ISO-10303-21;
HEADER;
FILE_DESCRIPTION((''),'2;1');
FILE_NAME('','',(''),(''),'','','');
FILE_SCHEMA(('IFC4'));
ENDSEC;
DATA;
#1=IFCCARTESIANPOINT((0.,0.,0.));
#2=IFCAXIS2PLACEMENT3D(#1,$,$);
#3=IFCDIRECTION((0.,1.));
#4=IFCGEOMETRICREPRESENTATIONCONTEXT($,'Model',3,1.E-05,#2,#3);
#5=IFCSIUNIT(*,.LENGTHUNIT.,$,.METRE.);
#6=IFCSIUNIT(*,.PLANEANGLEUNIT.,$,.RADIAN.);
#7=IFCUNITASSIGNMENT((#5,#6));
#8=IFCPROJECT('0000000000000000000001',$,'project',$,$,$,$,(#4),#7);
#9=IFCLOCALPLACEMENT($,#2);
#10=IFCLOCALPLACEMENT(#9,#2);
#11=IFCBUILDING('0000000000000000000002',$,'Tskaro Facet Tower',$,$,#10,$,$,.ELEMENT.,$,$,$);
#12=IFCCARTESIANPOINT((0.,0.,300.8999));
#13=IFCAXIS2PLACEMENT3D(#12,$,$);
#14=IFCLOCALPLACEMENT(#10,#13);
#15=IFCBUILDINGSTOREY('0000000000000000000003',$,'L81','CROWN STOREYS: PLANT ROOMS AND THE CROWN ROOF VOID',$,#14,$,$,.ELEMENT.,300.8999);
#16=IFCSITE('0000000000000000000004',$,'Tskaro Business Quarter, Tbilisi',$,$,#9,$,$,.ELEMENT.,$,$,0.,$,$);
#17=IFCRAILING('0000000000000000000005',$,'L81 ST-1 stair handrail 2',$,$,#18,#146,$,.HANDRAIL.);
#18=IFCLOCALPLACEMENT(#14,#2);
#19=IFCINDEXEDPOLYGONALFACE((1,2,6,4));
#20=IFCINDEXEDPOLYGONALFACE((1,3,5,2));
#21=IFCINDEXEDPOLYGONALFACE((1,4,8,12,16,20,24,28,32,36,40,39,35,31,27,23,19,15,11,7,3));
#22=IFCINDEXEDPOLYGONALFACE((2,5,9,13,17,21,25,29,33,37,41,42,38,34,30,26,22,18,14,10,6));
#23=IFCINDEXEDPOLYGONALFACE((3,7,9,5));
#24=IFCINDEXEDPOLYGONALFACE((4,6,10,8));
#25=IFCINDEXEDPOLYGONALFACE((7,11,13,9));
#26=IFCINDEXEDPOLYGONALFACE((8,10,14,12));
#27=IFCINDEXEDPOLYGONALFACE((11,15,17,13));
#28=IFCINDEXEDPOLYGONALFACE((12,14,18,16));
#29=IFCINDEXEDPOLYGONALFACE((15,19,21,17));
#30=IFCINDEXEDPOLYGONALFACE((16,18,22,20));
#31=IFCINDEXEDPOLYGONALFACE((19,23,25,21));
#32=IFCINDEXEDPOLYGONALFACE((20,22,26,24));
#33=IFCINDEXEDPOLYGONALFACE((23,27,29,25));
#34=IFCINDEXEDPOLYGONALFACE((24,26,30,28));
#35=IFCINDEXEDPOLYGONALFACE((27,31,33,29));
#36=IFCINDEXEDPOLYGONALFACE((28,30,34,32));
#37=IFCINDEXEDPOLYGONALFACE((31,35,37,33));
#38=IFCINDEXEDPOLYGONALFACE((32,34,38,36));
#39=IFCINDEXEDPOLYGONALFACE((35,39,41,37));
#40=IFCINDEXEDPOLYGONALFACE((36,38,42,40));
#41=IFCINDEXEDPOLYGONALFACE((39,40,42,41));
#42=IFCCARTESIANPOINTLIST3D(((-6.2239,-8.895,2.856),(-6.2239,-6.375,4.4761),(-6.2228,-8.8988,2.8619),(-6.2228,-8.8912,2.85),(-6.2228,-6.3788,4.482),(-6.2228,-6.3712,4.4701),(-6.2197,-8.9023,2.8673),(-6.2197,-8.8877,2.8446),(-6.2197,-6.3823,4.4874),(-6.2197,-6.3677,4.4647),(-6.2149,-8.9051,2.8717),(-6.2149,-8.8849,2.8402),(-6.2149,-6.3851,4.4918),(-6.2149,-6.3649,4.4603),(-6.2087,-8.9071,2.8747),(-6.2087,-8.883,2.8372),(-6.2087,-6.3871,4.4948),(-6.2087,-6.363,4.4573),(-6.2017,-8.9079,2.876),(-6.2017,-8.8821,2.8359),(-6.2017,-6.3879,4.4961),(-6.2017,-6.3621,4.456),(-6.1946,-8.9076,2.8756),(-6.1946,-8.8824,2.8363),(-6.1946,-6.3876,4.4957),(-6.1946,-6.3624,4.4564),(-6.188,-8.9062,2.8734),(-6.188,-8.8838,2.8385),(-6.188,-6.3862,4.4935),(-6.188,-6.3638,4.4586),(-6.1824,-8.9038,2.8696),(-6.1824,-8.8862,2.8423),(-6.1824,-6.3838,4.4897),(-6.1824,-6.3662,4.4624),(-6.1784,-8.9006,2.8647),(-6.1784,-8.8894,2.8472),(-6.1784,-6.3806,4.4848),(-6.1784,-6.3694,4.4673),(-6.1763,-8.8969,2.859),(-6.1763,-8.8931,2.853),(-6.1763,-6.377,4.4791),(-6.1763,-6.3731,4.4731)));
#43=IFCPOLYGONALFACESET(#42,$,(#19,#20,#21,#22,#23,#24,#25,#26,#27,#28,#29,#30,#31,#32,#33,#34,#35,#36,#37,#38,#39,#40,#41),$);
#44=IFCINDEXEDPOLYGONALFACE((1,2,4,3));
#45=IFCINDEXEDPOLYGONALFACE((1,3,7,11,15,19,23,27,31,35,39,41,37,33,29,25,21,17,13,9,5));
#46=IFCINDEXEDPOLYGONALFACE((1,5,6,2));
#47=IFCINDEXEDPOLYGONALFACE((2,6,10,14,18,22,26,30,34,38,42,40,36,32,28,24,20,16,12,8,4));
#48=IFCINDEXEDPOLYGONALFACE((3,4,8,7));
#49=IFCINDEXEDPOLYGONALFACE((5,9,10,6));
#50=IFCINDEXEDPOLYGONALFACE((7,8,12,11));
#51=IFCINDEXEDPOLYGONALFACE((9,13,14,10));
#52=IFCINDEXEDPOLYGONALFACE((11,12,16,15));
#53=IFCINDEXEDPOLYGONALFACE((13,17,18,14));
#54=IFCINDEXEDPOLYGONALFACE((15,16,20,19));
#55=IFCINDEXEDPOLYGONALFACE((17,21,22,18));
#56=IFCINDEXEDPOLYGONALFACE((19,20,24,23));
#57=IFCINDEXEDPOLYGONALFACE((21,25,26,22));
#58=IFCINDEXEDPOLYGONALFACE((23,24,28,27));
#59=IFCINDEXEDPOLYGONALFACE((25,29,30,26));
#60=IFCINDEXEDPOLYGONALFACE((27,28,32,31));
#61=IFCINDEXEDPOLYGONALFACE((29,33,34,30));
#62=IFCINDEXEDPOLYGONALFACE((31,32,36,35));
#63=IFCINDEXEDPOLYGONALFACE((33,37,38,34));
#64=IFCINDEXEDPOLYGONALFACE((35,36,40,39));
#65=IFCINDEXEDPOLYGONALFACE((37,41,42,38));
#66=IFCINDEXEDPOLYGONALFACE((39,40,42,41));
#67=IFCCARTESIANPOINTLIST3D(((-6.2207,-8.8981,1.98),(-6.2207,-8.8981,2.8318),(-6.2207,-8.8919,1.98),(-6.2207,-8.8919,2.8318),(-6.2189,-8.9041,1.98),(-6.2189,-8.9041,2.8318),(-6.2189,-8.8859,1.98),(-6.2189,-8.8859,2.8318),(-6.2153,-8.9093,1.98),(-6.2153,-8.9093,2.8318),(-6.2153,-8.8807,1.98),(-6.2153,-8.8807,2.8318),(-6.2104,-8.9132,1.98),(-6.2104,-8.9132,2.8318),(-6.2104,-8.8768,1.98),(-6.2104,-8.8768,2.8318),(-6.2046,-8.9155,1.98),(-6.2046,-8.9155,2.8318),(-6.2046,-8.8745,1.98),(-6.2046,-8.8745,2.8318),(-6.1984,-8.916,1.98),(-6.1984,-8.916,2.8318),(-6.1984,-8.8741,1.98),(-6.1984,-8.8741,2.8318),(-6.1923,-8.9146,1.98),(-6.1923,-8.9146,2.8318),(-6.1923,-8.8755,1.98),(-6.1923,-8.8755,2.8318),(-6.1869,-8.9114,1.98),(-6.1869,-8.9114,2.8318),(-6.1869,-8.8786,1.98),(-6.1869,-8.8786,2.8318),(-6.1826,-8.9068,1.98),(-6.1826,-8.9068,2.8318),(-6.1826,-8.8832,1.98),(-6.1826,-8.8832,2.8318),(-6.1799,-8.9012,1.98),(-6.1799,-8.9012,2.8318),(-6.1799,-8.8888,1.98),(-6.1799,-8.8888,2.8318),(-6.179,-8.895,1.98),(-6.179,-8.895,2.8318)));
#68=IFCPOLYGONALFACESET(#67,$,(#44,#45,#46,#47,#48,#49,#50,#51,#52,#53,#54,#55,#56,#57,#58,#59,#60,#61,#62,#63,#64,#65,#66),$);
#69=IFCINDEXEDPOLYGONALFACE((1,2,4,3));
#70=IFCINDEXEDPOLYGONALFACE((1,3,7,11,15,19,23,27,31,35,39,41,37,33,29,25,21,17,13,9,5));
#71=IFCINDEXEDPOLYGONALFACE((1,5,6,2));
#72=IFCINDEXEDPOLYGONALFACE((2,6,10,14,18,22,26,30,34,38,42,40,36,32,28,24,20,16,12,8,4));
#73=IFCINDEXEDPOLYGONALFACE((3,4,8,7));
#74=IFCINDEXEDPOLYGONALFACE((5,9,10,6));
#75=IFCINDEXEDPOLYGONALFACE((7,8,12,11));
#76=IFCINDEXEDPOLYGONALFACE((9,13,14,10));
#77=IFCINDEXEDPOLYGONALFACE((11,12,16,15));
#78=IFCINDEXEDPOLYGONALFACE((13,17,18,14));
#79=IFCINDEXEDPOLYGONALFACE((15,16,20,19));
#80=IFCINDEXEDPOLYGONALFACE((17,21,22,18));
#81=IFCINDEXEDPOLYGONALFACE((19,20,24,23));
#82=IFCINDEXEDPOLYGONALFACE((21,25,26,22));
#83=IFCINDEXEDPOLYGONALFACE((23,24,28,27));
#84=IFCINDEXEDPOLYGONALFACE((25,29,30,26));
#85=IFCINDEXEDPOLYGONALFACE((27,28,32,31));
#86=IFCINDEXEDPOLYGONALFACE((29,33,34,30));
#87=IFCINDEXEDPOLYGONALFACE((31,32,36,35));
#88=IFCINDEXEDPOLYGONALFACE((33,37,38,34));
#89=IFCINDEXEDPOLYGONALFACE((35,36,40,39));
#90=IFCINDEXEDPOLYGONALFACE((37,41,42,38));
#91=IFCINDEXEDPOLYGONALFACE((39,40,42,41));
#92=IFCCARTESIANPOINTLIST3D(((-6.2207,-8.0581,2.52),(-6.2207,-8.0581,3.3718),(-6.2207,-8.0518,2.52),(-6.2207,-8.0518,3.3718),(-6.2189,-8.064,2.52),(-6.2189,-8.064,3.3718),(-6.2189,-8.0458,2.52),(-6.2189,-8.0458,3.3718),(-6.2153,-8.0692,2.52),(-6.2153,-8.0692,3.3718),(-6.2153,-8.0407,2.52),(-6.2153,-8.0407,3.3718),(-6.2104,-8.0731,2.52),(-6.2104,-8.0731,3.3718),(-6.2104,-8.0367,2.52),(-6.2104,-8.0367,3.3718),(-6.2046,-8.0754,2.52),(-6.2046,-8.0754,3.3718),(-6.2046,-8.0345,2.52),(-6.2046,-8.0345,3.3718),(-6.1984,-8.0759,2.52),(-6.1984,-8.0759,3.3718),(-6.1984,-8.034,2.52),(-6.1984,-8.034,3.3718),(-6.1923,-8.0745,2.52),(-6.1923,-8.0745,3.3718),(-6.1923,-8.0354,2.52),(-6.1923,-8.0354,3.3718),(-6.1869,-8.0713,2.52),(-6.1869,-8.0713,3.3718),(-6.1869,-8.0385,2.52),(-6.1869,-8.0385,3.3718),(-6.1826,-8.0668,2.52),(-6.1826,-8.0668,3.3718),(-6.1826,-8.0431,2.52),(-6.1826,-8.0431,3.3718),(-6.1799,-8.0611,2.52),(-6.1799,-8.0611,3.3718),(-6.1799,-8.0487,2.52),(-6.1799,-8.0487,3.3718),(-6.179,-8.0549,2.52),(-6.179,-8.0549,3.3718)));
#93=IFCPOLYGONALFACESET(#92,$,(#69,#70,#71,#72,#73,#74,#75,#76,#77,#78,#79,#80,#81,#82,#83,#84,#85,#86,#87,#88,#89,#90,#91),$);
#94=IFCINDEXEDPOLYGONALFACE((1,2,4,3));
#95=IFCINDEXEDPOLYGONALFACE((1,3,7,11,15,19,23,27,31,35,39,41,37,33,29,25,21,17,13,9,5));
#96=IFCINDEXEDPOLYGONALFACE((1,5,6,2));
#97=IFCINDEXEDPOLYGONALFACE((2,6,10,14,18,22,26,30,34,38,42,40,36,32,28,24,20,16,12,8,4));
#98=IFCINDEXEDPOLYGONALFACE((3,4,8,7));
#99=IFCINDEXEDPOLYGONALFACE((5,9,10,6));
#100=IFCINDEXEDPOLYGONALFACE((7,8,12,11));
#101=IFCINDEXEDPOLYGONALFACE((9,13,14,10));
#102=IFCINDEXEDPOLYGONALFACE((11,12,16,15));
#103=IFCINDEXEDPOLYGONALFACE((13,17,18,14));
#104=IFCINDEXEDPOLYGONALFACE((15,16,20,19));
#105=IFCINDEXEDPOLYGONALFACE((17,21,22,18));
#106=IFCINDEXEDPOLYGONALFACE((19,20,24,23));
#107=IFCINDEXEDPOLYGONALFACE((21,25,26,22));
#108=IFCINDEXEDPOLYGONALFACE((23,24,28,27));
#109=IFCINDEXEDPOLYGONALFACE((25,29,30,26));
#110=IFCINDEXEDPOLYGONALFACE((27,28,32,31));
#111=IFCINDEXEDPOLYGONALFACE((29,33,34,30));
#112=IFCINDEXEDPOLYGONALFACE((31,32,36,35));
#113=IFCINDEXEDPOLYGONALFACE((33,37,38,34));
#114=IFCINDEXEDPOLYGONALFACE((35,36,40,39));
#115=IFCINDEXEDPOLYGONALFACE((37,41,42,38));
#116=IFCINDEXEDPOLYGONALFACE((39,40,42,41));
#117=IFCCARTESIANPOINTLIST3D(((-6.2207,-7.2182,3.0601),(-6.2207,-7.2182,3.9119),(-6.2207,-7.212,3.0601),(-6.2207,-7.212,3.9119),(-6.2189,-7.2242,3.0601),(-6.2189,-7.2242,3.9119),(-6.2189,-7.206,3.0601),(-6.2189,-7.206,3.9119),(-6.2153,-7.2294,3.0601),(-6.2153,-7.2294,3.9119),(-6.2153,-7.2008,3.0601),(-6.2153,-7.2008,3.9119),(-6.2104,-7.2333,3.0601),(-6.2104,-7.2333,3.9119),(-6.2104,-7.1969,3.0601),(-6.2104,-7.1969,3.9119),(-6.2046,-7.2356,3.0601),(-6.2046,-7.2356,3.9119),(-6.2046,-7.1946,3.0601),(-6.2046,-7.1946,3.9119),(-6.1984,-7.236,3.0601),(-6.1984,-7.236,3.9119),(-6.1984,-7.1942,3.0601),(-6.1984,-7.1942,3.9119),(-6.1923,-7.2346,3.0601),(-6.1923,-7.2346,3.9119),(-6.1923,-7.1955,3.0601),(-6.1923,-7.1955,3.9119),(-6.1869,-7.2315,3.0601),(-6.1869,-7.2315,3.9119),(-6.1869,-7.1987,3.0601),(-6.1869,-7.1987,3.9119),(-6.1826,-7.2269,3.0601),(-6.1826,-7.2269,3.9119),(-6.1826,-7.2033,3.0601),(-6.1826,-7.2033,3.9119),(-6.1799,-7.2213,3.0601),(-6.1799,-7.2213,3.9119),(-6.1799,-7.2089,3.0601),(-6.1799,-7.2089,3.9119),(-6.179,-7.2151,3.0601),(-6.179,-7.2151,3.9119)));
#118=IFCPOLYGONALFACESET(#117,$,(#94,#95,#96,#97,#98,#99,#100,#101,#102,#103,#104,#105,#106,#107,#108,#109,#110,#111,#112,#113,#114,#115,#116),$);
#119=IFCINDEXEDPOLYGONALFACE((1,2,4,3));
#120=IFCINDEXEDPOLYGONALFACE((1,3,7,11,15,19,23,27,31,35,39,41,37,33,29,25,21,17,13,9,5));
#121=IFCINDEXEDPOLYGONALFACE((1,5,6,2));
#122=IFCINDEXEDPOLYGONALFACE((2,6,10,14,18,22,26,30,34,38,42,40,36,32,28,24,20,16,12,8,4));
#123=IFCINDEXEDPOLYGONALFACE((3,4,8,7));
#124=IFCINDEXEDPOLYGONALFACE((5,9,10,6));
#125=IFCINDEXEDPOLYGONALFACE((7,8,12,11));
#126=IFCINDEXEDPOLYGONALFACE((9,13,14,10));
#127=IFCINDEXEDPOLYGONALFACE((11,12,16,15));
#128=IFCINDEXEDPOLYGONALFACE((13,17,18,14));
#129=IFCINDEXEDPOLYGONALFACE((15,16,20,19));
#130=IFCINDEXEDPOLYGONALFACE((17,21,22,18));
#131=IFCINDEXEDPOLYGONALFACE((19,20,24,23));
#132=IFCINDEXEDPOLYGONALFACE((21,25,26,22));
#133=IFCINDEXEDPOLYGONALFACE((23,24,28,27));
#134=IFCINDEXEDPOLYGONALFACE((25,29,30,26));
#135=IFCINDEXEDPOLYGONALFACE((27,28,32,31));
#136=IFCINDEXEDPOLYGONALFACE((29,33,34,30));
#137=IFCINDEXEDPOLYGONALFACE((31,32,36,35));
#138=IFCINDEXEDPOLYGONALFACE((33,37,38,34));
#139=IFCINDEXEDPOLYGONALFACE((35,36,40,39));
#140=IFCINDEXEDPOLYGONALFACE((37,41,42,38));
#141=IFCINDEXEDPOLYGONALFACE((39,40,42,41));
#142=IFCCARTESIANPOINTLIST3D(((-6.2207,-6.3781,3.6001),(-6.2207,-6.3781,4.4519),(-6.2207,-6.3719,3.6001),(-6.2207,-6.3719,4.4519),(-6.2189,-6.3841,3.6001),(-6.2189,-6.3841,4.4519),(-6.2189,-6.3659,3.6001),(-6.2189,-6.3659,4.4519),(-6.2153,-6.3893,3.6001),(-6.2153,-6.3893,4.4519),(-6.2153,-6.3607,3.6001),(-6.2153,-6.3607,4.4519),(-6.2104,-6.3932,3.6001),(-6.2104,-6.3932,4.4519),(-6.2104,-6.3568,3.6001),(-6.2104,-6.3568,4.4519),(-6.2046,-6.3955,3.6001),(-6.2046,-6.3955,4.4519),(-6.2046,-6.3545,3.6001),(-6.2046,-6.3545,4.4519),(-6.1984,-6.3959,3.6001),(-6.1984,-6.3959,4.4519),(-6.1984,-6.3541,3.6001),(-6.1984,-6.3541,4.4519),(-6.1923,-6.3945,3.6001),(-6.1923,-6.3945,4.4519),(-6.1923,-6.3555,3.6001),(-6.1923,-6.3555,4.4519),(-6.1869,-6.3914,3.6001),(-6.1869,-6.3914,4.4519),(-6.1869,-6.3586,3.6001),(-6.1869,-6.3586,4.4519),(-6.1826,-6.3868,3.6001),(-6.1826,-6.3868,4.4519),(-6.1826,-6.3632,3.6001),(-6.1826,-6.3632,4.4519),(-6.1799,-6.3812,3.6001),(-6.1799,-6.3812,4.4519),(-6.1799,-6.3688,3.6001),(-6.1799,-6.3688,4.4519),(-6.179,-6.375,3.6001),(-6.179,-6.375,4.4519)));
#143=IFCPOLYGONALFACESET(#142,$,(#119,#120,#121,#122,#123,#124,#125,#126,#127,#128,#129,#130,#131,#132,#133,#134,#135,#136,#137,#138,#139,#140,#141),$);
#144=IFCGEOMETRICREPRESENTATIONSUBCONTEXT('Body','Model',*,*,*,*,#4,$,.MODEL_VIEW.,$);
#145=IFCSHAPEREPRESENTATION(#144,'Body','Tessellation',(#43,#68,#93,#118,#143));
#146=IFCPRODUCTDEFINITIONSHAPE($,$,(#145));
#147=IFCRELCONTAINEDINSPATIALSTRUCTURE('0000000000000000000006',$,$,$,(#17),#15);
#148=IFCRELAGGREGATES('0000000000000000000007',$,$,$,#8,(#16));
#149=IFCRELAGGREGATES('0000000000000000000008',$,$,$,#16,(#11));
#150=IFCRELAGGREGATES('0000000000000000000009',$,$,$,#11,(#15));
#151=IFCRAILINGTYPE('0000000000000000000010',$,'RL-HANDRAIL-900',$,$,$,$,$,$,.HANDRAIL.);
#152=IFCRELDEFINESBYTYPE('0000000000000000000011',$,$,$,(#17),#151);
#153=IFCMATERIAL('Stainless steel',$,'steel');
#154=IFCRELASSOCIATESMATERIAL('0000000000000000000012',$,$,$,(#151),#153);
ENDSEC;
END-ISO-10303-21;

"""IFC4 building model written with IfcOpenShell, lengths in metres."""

from ifc_helpers import new_model, si_unit, direction, frame, origin, origin_2d, place, context, subcontext, project, spatial, circle, extrude, material, type_object, element, save


model = new_model("IFC4")

# Units and contexts
model_context = context("Model", 3, precision=1e-05, world=origin(), true_north=direction((0.0, 1.0)))
body_context = subcontext(model_context, "Body", "Model", "MODEL_VIEW")
ifc_project = project(units=[si_unit("LENGTHUNIT", "METRE"), si_unit("PLANEANGLEUNIT", "RADIAN")], contexts=[model_context])

# Site, building, storey
site_placement = place(None, origin())
site = spatial("IfcSite", under=ifc_project, at=site_placement, Name="Tskaro Business Quarter, Tbilisi", CompositionType="ELEMENT", RefElevation=0.0)
building_placement = place(site_placement, origin())
building = spatial("IfcBuilding", under=site, at=building_placement, Name="Tskaro Facet Tower", CompositionType="ELEMENT")
storey_placement = place(building_placement, frame((0.0, 0.0, 300.8999)))
storey = spatial("IfcBuildingStorey", under=building, at=storey_placement, Name="L81", Description="CROWN STOREYS: PLANT ROOMS AND THE CROWN ROOF VOID", CompositionType="ELEMENT", Elevation=300.8999)

# Shared definitions
ifc_material_1 = material(Name="Stainless steel", Category="steel")

# Railing
railing_type_1 = type_object("IfcRailingType", Name="RL-HANDRAIL-900", PredefinedType="HANDRAIL", material=ifc_material_1)
railing_1_placement = place(storey_placement, frame((-6.2, -8.895, 1.98)))
element("IfcRailing", 1, at=railing_1_placement, inside=storey, type_object=railing_type_1, Name="L81 ST-1 stair handrail 2", PredefinedType="HANDRAIL", context=body_context, shape_type="SweptSolid", body=[
    extrude(circle(Radius=0.0239, at=origin_2d()), frame((0.0, 0.0, 0.876), z_axis=(0.0, 0.841163, 0.540782), x_axis=(-1.0, 0.0, 0.0)), (0.0, 0.0, 1.0), 2.9958),
    extrude(circle(Radius=0.021, at=origin_2d()), origin(), (0.0, 0.0, 1.0), 0.8518),
    extrude(circle(Radius=0.021, at=origin_2d()), frame((0.0, 0.8401, 0.54)), (0.0, 0.0, 1.0), 0.8518),
    extrude(circle(Radius=0.021, at=origin_2d()), frame((0.0, 1.6799, 1.0801)), (0.0, 0.0, 1.0), 0.8518),
    extrude(circle(Radius=0.021, at=origin_2d()), frame((0.0, 2.52, 1.6201)), (0.0, 0.0, 1.0), 0.8518),
])

save(model, "model.ifc")
